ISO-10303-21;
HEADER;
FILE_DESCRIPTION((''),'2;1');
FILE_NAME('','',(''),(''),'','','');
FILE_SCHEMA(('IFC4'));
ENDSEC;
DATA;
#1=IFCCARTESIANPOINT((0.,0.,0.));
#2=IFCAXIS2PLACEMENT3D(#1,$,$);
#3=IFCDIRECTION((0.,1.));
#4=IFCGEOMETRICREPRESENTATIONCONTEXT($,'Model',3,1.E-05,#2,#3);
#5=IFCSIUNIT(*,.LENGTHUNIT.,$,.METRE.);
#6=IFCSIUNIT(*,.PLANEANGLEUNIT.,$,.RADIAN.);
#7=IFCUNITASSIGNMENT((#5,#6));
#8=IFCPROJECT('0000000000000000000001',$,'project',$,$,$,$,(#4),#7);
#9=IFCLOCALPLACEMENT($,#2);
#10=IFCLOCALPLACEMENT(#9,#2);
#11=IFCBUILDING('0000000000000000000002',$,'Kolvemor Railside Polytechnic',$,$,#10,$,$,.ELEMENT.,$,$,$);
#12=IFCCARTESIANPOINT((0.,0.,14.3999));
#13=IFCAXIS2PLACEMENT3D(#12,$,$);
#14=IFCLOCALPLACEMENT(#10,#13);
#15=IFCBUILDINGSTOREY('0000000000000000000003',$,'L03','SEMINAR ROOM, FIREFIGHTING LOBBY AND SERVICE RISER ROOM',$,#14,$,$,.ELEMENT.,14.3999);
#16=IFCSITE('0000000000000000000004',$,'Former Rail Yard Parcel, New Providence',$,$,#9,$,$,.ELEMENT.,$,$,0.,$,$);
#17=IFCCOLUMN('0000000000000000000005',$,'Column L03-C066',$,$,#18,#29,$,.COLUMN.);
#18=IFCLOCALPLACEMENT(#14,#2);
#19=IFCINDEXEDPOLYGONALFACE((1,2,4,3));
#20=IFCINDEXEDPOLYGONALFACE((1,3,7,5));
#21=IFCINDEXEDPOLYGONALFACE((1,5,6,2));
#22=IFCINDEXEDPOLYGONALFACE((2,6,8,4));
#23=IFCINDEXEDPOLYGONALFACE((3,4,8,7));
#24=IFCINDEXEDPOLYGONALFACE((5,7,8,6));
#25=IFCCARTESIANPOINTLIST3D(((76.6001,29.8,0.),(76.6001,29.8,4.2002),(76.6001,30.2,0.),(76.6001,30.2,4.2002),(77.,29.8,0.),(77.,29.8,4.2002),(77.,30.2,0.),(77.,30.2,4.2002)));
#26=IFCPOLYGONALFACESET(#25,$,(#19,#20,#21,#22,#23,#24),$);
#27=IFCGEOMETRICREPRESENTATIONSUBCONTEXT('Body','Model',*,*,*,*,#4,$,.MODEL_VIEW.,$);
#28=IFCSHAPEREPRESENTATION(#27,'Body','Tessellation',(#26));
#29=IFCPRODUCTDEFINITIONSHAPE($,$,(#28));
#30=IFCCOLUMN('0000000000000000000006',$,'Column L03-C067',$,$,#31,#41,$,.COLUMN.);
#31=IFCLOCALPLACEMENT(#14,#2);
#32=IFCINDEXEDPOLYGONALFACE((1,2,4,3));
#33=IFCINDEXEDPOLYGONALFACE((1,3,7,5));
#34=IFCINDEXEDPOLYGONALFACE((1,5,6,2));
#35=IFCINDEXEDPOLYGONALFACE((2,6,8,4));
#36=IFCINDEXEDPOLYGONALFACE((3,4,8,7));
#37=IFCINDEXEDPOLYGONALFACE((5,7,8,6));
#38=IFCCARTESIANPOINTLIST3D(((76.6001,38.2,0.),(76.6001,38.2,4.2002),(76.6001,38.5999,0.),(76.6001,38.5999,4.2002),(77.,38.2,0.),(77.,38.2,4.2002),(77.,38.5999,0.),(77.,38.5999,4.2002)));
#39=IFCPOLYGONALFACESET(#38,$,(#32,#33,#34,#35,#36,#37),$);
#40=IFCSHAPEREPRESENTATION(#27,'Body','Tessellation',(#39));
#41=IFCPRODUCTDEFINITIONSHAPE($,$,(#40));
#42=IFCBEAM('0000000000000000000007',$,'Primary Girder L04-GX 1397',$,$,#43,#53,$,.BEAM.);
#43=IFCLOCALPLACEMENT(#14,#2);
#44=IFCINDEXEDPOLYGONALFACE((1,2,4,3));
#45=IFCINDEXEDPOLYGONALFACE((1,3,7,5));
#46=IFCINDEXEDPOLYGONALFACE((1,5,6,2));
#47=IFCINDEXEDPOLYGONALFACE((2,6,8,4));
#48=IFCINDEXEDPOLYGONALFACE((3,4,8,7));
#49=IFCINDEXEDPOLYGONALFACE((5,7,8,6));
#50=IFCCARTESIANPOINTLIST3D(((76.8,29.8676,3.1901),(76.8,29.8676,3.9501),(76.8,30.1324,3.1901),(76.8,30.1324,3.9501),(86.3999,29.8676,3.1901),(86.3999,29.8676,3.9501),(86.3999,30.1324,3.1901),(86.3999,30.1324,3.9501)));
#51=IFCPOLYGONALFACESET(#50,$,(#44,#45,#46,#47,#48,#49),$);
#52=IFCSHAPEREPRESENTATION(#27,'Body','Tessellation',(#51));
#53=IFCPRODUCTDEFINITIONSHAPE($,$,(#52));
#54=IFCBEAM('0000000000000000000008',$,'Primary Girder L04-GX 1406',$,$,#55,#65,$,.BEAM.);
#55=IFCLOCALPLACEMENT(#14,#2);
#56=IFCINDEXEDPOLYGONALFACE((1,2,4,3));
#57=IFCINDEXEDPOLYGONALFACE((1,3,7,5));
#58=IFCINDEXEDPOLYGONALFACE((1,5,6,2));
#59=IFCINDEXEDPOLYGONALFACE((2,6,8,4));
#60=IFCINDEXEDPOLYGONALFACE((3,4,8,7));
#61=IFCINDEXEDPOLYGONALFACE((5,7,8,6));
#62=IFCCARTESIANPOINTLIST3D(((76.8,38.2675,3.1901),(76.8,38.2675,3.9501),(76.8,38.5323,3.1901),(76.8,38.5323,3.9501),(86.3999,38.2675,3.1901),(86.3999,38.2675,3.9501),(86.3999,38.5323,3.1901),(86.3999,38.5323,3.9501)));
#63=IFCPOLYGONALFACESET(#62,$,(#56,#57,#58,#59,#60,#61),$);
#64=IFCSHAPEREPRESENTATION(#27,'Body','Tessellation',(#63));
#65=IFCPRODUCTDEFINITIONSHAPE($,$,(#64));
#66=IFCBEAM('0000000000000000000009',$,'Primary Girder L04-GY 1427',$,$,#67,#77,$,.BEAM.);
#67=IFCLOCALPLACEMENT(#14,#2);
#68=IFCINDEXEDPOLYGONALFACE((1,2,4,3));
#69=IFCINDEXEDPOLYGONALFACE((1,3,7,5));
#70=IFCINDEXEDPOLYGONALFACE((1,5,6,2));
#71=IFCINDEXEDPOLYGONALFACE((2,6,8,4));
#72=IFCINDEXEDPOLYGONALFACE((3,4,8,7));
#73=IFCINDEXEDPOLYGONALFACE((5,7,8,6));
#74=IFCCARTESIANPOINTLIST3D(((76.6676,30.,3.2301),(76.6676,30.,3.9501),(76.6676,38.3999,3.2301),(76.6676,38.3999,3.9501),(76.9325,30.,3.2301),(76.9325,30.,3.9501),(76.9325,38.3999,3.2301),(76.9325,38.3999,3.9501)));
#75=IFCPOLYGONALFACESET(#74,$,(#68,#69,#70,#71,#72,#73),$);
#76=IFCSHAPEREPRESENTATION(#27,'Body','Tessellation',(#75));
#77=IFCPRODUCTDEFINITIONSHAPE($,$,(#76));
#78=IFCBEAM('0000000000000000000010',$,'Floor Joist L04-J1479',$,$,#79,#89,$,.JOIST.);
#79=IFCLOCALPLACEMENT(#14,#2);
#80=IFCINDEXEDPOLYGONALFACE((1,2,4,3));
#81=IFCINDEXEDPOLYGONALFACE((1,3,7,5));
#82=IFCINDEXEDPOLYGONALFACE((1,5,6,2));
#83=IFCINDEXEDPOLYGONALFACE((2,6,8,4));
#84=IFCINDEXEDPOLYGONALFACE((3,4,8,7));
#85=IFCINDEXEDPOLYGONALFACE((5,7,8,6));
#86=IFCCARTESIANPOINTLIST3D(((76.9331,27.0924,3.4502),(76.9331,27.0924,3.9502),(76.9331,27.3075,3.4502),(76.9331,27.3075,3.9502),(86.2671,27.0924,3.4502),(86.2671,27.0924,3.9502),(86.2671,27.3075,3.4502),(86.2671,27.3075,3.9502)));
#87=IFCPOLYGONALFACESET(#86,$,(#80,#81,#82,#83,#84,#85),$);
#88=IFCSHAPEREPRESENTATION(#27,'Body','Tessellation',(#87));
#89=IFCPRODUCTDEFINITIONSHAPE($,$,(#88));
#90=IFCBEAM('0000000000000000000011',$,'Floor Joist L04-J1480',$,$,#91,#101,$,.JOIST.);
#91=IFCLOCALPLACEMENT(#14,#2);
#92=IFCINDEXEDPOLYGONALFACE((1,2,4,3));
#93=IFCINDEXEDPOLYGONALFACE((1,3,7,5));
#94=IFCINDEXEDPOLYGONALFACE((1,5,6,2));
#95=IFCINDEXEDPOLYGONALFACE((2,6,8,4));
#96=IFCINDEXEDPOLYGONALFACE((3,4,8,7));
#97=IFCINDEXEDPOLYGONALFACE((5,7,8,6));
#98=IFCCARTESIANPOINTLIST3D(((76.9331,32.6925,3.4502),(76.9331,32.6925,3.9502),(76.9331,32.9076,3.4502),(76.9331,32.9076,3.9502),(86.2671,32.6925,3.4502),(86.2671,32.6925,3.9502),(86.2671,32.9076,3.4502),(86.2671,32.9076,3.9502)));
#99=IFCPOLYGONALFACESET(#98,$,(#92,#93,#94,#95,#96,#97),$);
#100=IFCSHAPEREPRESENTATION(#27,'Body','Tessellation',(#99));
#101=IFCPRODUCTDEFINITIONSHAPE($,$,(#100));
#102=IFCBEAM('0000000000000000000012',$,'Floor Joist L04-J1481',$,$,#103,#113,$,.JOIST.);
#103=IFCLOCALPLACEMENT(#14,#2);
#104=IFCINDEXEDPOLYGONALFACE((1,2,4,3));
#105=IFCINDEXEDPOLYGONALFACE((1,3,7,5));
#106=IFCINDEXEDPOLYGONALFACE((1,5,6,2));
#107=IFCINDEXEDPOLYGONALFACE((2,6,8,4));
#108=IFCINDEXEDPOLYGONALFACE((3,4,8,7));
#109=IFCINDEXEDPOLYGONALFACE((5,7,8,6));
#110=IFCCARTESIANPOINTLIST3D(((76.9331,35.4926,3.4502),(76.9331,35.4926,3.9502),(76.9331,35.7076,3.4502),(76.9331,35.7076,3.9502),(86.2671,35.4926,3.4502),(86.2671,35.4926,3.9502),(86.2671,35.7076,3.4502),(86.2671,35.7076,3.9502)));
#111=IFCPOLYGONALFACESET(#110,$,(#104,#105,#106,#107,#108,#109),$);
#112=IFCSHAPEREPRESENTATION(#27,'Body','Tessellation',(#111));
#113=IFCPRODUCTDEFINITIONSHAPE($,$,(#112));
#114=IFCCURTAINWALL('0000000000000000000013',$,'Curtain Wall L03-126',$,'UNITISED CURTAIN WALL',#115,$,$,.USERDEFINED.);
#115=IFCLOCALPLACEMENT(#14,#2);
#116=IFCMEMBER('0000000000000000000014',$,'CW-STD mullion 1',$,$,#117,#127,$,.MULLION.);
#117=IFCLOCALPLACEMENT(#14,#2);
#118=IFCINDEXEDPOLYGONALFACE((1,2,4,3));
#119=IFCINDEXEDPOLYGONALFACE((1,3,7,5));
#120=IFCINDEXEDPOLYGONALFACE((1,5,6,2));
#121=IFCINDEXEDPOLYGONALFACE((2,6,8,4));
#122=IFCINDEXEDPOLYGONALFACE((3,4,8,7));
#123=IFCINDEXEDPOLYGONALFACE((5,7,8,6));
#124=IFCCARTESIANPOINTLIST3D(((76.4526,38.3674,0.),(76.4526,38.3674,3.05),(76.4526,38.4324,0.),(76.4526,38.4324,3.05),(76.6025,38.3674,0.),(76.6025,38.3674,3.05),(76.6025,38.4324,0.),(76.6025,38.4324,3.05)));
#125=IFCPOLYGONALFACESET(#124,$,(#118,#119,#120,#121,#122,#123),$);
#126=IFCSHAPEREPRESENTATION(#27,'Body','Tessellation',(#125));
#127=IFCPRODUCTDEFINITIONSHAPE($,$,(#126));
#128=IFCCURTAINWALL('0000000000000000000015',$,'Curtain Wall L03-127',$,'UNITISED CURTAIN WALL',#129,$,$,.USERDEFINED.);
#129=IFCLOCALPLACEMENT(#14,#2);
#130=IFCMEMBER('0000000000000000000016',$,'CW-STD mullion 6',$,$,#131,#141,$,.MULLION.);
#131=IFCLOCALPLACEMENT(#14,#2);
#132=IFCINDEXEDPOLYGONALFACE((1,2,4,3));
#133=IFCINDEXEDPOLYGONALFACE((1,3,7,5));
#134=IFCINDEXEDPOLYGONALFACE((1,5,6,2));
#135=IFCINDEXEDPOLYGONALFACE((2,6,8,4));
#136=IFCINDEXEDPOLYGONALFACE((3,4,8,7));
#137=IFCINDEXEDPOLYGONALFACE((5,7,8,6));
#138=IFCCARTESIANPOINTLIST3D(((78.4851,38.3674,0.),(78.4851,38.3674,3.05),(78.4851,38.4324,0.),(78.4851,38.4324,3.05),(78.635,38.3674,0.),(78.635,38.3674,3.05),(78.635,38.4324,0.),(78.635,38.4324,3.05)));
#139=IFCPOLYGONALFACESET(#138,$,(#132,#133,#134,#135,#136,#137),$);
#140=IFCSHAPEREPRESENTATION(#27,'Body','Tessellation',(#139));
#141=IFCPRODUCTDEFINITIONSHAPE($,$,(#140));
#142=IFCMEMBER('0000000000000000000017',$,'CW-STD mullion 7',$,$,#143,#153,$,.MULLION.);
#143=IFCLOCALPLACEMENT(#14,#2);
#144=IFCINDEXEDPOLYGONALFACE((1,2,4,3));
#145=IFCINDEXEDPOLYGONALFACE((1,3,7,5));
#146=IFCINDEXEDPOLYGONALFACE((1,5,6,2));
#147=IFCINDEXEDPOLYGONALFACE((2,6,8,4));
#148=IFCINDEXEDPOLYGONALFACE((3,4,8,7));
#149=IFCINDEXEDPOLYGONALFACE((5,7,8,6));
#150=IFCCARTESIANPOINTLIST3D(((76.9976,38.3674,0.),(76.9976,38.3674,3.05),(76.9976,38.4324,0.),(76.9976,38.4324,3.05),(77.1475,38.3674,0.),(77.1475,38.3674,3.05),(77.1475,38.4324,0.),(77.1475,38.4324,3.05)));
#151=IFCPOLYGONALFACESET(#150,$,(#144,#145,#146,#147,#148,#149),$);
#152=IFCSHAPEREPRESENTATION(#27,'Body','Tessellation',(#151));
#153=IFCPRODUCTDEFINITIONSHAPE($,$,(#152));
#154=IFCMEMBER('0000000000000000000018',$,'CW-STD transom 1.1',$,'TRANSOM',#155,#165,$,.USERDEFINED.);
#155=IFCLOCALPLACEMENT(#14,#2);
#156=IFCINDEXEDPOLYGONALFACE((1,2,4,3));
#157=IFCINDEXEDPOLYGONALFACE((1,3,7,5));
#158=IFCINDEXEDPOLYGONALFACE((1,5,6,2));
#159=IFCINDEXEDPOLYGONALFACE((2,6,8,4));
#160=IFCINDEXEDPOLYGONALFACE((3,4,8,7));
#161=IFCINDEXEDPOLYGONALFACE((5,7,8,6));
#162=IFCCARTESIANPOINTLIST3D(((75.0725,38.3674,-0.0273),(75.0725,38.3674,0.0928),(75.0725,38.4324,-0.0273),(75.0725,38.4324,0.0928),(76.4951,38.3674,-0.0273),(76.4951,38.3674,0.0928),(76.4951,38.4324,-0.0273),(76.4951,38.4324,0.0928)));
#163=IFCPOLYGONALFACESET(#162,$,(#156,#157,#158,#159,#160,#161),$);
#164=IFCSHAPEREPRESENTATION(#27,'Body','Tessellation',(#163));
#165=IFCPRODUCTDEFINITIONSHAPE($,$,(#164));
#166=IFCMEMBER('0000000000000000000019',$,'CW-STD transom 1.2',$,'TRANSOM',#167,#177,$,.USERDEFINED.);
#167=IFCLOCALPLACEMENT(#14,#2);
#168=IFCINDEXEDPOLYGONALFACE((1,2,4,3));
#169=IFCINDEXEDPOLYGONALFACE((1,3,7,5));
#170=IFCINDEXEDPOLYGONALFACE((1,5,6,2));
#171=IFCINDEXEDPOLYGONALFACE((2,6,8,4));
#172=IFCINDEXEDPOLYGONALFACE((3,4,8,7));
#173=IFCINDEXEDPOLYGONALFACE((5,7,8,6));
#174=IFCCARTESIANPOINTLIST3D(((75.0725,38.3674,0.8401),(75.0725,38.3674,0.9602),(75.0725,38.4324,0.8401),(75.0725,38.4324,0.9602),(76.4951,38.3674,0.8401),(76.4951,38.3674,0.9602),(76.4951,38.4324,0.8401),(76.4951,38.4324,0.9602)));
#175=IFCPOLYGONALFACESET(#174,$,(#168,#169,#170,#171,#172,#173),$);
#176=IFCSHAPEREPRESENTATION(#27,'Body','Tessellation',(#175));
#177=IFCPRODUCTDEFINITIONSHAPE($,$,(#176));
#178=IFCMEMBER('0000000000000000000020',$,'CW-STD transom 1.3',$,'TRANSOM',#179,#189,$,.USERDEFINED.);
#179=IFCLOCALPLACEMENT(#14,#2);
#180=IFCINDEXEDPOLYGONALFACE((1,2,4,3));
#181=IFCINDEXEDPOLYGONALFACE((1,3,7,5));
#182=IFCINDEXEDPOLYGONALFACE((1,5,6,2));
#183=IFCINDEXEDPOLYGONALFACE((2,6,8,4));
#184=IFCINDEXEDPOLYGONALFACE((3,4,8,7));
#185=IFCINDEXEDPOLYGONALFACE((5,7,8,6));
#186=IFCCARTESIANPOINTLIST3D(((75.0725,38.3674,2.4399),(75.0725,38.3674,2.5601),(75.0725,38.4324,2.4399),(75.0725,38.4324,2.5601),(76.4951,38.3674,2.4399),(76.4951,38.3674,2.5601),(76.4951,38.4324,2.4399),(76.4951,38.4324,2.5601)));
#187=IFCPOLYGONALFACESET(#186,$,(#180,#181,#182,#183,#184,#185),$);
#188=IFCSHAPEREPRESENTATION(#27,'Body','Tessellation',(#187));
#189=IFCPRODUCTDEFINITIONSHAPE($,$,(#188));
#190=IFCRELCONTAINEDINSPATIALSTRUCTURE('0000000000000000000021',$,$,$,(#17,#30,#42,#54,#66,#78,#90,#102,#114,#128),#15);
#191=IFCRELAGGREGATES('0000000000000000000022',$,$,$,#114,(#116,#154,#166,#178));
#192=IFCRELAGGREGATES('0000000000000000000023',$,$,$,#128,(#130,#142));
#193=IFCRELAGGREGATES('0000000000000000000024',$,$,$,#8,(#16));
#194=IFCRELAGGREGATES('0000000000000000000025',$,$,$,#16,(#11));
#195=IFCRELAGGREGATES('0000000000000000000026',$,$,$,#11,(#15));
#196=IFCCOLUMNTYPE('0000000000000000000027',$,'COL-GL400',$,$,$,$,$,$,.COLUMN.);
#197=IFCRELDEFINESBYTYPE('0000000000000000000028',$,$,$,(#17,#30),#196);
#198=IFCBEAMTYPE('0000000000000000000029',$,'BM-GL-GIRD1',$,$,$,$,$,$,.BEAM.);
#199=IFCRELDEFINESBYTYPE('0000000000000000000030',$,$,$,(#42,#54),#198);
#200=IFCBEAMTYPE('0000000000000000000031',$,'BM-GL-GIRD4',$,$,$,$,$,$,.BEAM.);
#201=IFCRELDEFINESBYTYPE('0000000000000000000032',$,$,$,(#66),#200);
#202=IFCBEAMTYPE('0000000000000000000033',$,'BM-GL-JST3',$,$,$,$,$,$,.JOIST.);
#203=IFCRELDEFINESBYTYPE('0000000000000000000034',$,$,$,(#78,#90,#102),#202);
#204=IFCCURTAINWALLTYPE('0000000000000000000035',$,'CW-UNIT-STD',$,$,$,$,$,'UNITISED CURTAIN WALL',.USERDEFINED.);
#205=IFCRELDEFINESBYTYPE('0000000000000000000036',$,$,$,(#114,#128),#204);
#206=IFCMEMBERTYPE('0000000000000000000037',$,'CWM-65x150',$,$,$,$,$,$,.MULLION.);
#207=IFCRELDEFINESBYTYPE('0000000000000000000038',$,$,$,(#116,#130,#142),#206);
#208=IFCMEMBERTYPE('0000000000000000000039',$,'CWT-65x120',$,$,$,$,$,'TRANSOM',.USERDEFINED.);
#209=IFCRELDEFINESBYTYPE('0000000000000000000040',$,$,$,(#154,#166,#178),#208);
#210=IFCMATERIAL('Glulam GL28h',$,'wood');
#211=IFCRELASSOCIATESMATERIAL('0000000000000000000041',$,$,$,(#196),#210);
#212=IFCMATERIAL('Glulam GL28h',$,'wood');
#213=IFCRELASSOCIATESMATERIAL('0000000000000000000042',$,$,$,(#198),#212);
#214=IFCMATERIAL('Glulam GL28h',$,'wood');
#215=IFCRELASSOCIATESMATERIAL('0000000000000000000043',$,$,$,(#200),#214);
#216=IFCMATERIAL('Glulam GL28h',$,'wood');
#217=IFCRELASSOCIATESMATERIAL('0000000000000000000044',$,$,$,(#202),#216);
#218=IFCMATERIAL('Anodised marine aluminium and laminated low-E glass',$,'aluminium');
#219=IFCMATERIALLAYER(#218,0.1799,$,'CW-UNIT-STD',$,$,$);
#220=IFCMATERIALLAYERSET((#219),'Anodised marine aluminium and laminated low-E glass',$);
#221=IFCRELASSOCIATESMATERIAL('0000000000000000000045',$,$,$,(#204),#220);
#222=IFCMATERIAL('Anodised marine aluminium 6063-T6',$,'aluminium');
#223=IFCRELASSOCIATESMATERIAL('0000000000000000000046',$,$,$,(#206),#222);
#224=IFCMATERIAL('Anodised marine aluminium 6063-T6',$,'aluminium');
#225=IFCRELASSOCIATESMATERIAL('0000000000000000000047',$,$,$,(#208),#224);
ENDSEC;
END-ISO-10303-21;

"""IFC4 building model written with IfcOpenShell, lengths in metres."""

from ifc_helpers import new_model, si_unit, direction, frame, origin, origin_2d, place, context, subcontext, project, spatial, rectangle, extrude, material, layer, layer_set, material_profile, profile_set, type_object, element, aggregate, save


model = new_model("IFC4")

# Units and contexts
model_context = context("Model", 3, precision=1e-05, world=origin(), true_north=direction((0.0, 1.0)))
body_context = subcontext(model_context, "Body", "Model", "MODEL_VIEW")
ifc_project = project(units=[si_unit("LENGTHUNIT", "METRE"), si_unit("PLANEANGLEUNIT", "RADIAN")], contexts=[model_context])

# Site, building, storey
site_placement = place(None, origin())
site = spatial("IfcSite", under=ifc_project, at=site_placement, Name="Former Rail Yard Parcel, New Providence", CompositionType="ELEMENT", RefElevation=0.0)
building_placement = place(site_placement, origin())
building = spatial("IfcBuilding", under=site, at=building_placement, Name="Kolvemor Railside Polytechnic", CompositionType="ELEMENT")
storey_placement = place(building_placement, frame((0.0, 0.0, 14.3999)))
storey = spatial("IfcBuildingStorey", under=building, at=storey_placement, Name="L03", Description="SEMINAR ROOM, FIREFIGHTING LOBBY AND SERVICE RISER ROOM", CompositionType="ELEMENT", Elevation=14.3999)

# Columns
ifc_material_1 = material(Name="Glulam GL28h", Category="wood")
ifc_material_profile_1 = material_profile(ifc_material_1, rectangle(XDim=0.3999, YDim=0.3999, at=origin_2d()), Name="GL400x400")
ifc_profile_set_1 = profile_set([ifc_material_profile_1], Name="Glulam GL28h")
column_type = type_object("IfcColumnType", Name="COL-GL400", PredefinedType="COLUMN", material=ifc_profile_set_1)
for number, where, z_axis, x_axis, name in (
    (1, (76.8, 30.0, 0.0), (0.0, 0.0, 1.0), (1.0, 0.0, 0.0), "Column L03-C066"),
    (2, (76.8, 38.3999, 0.0), (0.0, 0.0, 1.0), (1.0, 0.0, 0.0), "Column L03-C067"),
):
    element("IfcColumn", number, at=place(storey_placement, frame(where, z_axis=z_axis, x_axis=x_axis)), inside=storey, type_object=column_type, Name=name, PredefinedType="COLUMN", context=body_context, shape_type="SweptSolid", body=[
        extrude(rectangle(XDim=0.3999, YDim=0.3999, at=origin_2d()), origin(), (0.0, 0.0, 1.0), 4.2002),
    ])

# Beams
ifc_material_2 = material(Name="Glulam GL28h", Category="wood")
ifc_material_profile_2 = material_profile(ifc_material_2, rectangle(XDim=0.2649, YDim=0.76, at=origin_2d()), Name="GL265x760")
ifc_profile_set_2 = profile_set([ifc_material_profile_2], Name="Glulam GL28h")
beam_type_1 = type_object("IfcBeamType", Name="BM-GL-GIRD1", PredefinedType="BEAM", material=ifc_profile_set_2)
for number, where, z_axis, x_axis, name in (
    (3, (76.8, 30.0, 3.5701), (1.0, 0.0, 0.0), (0.0, 1.0, 0.0), "Primary Girder L04-GX 1397"),
    (4, (76.8, 38.3999, 3.5701), (1.0, 0.0, 0.0), (0.0, 1.0, 0.0), "Primary Girder L04-GX 1406"),
):
    element("IfcBeam", number, at=place(storey_placement, frame(where, z_axis=z_axis, x_axis=x_axis)), inside=storey, type_object=beam_type_1, Name=name, PredefinedType="BEAM", context=body_context, shape_type="SweptSolid", body=[
        extrude(rectangle(XDim=0.2649, YDim=0.76, at=origin_2d()), origin(), (0.0, 0.0, 1.0), 9.5999),
    ])
ifc_material_3 = material(Name="Glulam GL28h", Category="wood")
ifc_material_profile_3 = material_profile(ifc_material_3, rectangle(XDim=0.2649, YDim=0.72, at=origin_2d()), Name="GL265x720")
ifc_profile_set_3 = profile_set([ifc_material_profile_3], Name="Glulam GL28h")
beam_type_2 = type_object("IfcBeamType", Name="BM-GL-GIRD4", PredefinedType="BEAM", material=ifc_profile_set_3)
beam_placement = place(storey_placement, frame((76.8, 30.0, 3.5901), z_axis=(0.0, 1.0, 0.0), x_axis=(-1.0, 0.0, 0.0)))
element("IfcBeam", 5, at=beam_placement, inside=storey, type_object=beam_type_2, Name="Primary Girder L04-GY 1427", PredefinedType="BEAM", context=body_context, shape_type="SweptSolid", body=[
    extrude(rectangle(XDim=0.2649, YDim=0.72, at=origin_2d()), origin(), (0.0, 0.0, 1.0), 8.3999),
])
ifc_material_4 = material(Name="Glulam GL28h", Category="wood")
ifc_material_profile_4 = material_profile(ifc_material_4, rectangle(XDim=0.2151, YDim=0.5, at=origin_2d()), Name="GL215x500")
ifc_profile_set_4 = profile_set([ifc_material_profile_4], Name="Glulam GL28h")
beam_type_3 = type_object("IfcBeamType", Name="BM-GL-JST3", PredefinedType="JOIST", material=ifc_profile_set_4)
for number, where, z_axis, x_axis, name in (
    (6, (76.9331, 27.2, 3.7002), (1.0, 0.0, 0.0), (0.0, 1.0, 0.0), "Floor Joist L04-J1479"),
    (7, (76.9331, 32.8, 3.7002), (1.0, 0.0, 0.0), (0.0, 1.0, 0.0), "Floor Joist L04-J1480"),
    (8, (76.9331, 35.6001, 3.7002), (1.0, 0.0, 0.0), (0.0, 1.0, 0.0), "Floor Joist L04-J1481"),
):
    element("IfcBeam", number, at=place(storey_placement, frame(where, z_axis=z_axis, x_axis=x_axis)), inside=storey, type_object=beam_type_3, Name=name, PredefinedType="JOIST", context=body_context, shape_type="SweptSolid", body=[
        extrude(rectangle(XDim=0.2151, YDim=0.5, at=origin_2d()), origin(), (0.0, 0.0, 1.0), 9.334),
    ])

# Curtain wall, member
ifc_material_5 = material(Name="Anodised marine aluminium and laminated low-E glass", Category="aluminium")
ifc_layer_1 = layer(ifc_material_5, 0.1799, Name="CW-UNIT-STD")
ifc_layer_set_1 = layer_set([ifc_layer_1], Name="Anodised marine aluminium and laminated low-E glass")
curtain_wall_type = type_object("IfcCurtainWallType", Name="CW-UNIT-STD", ElementType="UNITISED CURTAIN WALL", PredefinedType="USERDEFINED", material=ifc_layer_set_1)
curtain_wall_1_placement = place(storey_placement, origin())
curtain_wall_1 = element("IfcCurtainWall", 9, at=curtain_wall_1_placement, inside=storey, type_object=curtain_wall_type, Name="Curtain Wall L03-126", ObjectType="UNITISED CURTAIN WALL", PredefinedType="USERDEFINED")
ifc_material_6 = material(Name="Anodised marine aluminium 6063-T6", Category="aluminium")
ifc_material_profile_5 = material_profile(ifc_material_6, rectangle(XDim=0.0649, YDim=0.1499, at=origin_2d()), Name="CW-MUL-65x150")
ifc_profile_set_5 = profile_set([ifc_material_profile_5], Name="Anodised marine aluminium 6063-T6")
member_type_1 = type_object("IfcMemberType", Name="CWM-65x150", PredefinedType="MULLION", material=ifc_profile_set_5)
member_1_placement = place(storey_placement, frame((76.5276, 38.3999, 0.0), z_axis=(0.0, 0.0, 1.0), x_axis=(0.0, -1.0, 0.0)))
member_1 = element("IfcMember", 10, at=member_1_placement, type_object=member_type_1, Name="CW-STD mullion 1", PredefinedType="MULLION", context=body_context, shape_type="SweptSolid", body=[
    extrude(rectangle(XDim=0.0649, YDim=0.1499, at=origin_2d()), origin(), (0.0, 0.0, 1.0), 3.05),
])

# Curtain wall, members
curtain_wall_2_placement = place(storey_placement, origin())
curtain_wall_2 = element("IfcCurtainWall", 11, at=curtain_wall_2_placement, inside=storey, type_object=curtain_wall_type, Name="Curtain Wall L03-127", ObjectType="UNITISED CURTAIN WALL", PredefinedType="USERDEFINED")
member_2_placement = place(storey_placement, frame((78.5601, 38.3999, 0.0), z_axis=(0.0, 0.0, 1.0), x_axis=(0.0, -1.0, 0.0)))
member_2 = element("IfcMember", 12, at=member_2_placement, type_object=member_type_1, Name="CW-STD mullion 6", PredefinedType="MULLION", context=body_context, shape_type="SweptSolid", body=[
    extrude(rectangle(XDim=0.0649, YDim=0.1499, at=origin_2d()), origin(), (0.0, 0.0, 1.0), 3.05),
])
member_3_placement = place(storey_placement, frame((77.0725, 38.3999, 0.0), z_axis=(0.0, 0.0, 1.0), x_axis=(0.0, -1.0, 0.0)))
member_3 = element("IfcMember", 13, at=member_3_placement, type_object=member_type_1, Name="CW-STD mullion 7", PredefinedType="MULLION", context=body_context, shape_type="SweptSolid", body=[
    extrude(rectangle(XDim=0.0649, YDim=0.1499, at=origin_2d()), origin(), (0.0, 0.0, 1.0), 3.05),
])

# Members
ifc_material_7 = material(Name="Anodised marine aluminium 6063-T6", Category="aluminium")
ifc_material_profile_6 = material_profile(ifc_material_7, rectangle(XDim=0.0649, YDim=0.1201, at=origin_2d()), Name="CW-TRN-65x120")
ifc_profile_set_6 = profile_set([ifc_material_profile_6], Name="Anodised marine aluminium 6063-T6")
member_type_2 = type_object("IfcMemberType", Name="CWT-65x120", ElementType="TRANSOM", PredefinedType="USERDEFINED", material=ifc_profile_set_6)
member_4_placement = place(storey_placement, frame((76.4951, 38.3999, 0.0327), z_axis=(-1.0, 0.0, 0.0), x_axis=(0.0, -1.0, 0.0)))
member_4 = element("IfcMember", 14, at=member_4_placement, type_object=member_type_2, Name="CW-STD transom 1.1", ObjectType="TRANSOM", PredefinedType="USERDEFINED", context=body_context, shape_type="SweptSolid", body=[
    extrude(rectangle(XDim=0.0649, YDim=0.1201, at=origin_2d()), origin(), (0.0, 0.0, 1.0), 1.4226),
])
member_5_placement = place(storey_placement, frame((76.4951, 38.3999, 0.9001), z_axis=(-1.0, 0.0, 0.0), x_axis=(0.0, -1.0, 0.0)))
member_5 = element("IfcMember", 15, at=member_5_placement, type_object=member_type_2, Name="CW-STD transom 1.2", ObjectType="TRANSOM", PredefinedType="USERDEFINED", context=body_context, shape_type="SweptSolid", body=[
    extrude(rectangle(XDim=0.0649, YDim=0.1201, at=origin_2d()), origin(), (0.0, 0.0, 1.0), 1.4226),
])
member_6_placement = place(storey_placement, frame((76.4951, 38.3999, 2.5), z_axis=(-1.0, 0.0, 0.0), x_axis=(0.0, -1.0, 0.0)))
member_6 = element("IfcMember", 16, at=member_6_placement, type_object=member_type_2, Name="CW-STD transom 1.3", ObjectType="TRANSOM", PredefinedType="USERDEFINED", context=body_context, shape_type="SweptSolid", body=[
    extrude(rectangle(XDim=0.0649, YDim=0.1201, at=origin_2d()), origin(), (0.0, 0.0, 1.0), 1.4226),
])

aggregate(curtain_wall_1, [member_1, member_4, member_5, member_6])
aggregate(curtain_wall_2, [member_2, member_3])

save(model, "model.ifc")
